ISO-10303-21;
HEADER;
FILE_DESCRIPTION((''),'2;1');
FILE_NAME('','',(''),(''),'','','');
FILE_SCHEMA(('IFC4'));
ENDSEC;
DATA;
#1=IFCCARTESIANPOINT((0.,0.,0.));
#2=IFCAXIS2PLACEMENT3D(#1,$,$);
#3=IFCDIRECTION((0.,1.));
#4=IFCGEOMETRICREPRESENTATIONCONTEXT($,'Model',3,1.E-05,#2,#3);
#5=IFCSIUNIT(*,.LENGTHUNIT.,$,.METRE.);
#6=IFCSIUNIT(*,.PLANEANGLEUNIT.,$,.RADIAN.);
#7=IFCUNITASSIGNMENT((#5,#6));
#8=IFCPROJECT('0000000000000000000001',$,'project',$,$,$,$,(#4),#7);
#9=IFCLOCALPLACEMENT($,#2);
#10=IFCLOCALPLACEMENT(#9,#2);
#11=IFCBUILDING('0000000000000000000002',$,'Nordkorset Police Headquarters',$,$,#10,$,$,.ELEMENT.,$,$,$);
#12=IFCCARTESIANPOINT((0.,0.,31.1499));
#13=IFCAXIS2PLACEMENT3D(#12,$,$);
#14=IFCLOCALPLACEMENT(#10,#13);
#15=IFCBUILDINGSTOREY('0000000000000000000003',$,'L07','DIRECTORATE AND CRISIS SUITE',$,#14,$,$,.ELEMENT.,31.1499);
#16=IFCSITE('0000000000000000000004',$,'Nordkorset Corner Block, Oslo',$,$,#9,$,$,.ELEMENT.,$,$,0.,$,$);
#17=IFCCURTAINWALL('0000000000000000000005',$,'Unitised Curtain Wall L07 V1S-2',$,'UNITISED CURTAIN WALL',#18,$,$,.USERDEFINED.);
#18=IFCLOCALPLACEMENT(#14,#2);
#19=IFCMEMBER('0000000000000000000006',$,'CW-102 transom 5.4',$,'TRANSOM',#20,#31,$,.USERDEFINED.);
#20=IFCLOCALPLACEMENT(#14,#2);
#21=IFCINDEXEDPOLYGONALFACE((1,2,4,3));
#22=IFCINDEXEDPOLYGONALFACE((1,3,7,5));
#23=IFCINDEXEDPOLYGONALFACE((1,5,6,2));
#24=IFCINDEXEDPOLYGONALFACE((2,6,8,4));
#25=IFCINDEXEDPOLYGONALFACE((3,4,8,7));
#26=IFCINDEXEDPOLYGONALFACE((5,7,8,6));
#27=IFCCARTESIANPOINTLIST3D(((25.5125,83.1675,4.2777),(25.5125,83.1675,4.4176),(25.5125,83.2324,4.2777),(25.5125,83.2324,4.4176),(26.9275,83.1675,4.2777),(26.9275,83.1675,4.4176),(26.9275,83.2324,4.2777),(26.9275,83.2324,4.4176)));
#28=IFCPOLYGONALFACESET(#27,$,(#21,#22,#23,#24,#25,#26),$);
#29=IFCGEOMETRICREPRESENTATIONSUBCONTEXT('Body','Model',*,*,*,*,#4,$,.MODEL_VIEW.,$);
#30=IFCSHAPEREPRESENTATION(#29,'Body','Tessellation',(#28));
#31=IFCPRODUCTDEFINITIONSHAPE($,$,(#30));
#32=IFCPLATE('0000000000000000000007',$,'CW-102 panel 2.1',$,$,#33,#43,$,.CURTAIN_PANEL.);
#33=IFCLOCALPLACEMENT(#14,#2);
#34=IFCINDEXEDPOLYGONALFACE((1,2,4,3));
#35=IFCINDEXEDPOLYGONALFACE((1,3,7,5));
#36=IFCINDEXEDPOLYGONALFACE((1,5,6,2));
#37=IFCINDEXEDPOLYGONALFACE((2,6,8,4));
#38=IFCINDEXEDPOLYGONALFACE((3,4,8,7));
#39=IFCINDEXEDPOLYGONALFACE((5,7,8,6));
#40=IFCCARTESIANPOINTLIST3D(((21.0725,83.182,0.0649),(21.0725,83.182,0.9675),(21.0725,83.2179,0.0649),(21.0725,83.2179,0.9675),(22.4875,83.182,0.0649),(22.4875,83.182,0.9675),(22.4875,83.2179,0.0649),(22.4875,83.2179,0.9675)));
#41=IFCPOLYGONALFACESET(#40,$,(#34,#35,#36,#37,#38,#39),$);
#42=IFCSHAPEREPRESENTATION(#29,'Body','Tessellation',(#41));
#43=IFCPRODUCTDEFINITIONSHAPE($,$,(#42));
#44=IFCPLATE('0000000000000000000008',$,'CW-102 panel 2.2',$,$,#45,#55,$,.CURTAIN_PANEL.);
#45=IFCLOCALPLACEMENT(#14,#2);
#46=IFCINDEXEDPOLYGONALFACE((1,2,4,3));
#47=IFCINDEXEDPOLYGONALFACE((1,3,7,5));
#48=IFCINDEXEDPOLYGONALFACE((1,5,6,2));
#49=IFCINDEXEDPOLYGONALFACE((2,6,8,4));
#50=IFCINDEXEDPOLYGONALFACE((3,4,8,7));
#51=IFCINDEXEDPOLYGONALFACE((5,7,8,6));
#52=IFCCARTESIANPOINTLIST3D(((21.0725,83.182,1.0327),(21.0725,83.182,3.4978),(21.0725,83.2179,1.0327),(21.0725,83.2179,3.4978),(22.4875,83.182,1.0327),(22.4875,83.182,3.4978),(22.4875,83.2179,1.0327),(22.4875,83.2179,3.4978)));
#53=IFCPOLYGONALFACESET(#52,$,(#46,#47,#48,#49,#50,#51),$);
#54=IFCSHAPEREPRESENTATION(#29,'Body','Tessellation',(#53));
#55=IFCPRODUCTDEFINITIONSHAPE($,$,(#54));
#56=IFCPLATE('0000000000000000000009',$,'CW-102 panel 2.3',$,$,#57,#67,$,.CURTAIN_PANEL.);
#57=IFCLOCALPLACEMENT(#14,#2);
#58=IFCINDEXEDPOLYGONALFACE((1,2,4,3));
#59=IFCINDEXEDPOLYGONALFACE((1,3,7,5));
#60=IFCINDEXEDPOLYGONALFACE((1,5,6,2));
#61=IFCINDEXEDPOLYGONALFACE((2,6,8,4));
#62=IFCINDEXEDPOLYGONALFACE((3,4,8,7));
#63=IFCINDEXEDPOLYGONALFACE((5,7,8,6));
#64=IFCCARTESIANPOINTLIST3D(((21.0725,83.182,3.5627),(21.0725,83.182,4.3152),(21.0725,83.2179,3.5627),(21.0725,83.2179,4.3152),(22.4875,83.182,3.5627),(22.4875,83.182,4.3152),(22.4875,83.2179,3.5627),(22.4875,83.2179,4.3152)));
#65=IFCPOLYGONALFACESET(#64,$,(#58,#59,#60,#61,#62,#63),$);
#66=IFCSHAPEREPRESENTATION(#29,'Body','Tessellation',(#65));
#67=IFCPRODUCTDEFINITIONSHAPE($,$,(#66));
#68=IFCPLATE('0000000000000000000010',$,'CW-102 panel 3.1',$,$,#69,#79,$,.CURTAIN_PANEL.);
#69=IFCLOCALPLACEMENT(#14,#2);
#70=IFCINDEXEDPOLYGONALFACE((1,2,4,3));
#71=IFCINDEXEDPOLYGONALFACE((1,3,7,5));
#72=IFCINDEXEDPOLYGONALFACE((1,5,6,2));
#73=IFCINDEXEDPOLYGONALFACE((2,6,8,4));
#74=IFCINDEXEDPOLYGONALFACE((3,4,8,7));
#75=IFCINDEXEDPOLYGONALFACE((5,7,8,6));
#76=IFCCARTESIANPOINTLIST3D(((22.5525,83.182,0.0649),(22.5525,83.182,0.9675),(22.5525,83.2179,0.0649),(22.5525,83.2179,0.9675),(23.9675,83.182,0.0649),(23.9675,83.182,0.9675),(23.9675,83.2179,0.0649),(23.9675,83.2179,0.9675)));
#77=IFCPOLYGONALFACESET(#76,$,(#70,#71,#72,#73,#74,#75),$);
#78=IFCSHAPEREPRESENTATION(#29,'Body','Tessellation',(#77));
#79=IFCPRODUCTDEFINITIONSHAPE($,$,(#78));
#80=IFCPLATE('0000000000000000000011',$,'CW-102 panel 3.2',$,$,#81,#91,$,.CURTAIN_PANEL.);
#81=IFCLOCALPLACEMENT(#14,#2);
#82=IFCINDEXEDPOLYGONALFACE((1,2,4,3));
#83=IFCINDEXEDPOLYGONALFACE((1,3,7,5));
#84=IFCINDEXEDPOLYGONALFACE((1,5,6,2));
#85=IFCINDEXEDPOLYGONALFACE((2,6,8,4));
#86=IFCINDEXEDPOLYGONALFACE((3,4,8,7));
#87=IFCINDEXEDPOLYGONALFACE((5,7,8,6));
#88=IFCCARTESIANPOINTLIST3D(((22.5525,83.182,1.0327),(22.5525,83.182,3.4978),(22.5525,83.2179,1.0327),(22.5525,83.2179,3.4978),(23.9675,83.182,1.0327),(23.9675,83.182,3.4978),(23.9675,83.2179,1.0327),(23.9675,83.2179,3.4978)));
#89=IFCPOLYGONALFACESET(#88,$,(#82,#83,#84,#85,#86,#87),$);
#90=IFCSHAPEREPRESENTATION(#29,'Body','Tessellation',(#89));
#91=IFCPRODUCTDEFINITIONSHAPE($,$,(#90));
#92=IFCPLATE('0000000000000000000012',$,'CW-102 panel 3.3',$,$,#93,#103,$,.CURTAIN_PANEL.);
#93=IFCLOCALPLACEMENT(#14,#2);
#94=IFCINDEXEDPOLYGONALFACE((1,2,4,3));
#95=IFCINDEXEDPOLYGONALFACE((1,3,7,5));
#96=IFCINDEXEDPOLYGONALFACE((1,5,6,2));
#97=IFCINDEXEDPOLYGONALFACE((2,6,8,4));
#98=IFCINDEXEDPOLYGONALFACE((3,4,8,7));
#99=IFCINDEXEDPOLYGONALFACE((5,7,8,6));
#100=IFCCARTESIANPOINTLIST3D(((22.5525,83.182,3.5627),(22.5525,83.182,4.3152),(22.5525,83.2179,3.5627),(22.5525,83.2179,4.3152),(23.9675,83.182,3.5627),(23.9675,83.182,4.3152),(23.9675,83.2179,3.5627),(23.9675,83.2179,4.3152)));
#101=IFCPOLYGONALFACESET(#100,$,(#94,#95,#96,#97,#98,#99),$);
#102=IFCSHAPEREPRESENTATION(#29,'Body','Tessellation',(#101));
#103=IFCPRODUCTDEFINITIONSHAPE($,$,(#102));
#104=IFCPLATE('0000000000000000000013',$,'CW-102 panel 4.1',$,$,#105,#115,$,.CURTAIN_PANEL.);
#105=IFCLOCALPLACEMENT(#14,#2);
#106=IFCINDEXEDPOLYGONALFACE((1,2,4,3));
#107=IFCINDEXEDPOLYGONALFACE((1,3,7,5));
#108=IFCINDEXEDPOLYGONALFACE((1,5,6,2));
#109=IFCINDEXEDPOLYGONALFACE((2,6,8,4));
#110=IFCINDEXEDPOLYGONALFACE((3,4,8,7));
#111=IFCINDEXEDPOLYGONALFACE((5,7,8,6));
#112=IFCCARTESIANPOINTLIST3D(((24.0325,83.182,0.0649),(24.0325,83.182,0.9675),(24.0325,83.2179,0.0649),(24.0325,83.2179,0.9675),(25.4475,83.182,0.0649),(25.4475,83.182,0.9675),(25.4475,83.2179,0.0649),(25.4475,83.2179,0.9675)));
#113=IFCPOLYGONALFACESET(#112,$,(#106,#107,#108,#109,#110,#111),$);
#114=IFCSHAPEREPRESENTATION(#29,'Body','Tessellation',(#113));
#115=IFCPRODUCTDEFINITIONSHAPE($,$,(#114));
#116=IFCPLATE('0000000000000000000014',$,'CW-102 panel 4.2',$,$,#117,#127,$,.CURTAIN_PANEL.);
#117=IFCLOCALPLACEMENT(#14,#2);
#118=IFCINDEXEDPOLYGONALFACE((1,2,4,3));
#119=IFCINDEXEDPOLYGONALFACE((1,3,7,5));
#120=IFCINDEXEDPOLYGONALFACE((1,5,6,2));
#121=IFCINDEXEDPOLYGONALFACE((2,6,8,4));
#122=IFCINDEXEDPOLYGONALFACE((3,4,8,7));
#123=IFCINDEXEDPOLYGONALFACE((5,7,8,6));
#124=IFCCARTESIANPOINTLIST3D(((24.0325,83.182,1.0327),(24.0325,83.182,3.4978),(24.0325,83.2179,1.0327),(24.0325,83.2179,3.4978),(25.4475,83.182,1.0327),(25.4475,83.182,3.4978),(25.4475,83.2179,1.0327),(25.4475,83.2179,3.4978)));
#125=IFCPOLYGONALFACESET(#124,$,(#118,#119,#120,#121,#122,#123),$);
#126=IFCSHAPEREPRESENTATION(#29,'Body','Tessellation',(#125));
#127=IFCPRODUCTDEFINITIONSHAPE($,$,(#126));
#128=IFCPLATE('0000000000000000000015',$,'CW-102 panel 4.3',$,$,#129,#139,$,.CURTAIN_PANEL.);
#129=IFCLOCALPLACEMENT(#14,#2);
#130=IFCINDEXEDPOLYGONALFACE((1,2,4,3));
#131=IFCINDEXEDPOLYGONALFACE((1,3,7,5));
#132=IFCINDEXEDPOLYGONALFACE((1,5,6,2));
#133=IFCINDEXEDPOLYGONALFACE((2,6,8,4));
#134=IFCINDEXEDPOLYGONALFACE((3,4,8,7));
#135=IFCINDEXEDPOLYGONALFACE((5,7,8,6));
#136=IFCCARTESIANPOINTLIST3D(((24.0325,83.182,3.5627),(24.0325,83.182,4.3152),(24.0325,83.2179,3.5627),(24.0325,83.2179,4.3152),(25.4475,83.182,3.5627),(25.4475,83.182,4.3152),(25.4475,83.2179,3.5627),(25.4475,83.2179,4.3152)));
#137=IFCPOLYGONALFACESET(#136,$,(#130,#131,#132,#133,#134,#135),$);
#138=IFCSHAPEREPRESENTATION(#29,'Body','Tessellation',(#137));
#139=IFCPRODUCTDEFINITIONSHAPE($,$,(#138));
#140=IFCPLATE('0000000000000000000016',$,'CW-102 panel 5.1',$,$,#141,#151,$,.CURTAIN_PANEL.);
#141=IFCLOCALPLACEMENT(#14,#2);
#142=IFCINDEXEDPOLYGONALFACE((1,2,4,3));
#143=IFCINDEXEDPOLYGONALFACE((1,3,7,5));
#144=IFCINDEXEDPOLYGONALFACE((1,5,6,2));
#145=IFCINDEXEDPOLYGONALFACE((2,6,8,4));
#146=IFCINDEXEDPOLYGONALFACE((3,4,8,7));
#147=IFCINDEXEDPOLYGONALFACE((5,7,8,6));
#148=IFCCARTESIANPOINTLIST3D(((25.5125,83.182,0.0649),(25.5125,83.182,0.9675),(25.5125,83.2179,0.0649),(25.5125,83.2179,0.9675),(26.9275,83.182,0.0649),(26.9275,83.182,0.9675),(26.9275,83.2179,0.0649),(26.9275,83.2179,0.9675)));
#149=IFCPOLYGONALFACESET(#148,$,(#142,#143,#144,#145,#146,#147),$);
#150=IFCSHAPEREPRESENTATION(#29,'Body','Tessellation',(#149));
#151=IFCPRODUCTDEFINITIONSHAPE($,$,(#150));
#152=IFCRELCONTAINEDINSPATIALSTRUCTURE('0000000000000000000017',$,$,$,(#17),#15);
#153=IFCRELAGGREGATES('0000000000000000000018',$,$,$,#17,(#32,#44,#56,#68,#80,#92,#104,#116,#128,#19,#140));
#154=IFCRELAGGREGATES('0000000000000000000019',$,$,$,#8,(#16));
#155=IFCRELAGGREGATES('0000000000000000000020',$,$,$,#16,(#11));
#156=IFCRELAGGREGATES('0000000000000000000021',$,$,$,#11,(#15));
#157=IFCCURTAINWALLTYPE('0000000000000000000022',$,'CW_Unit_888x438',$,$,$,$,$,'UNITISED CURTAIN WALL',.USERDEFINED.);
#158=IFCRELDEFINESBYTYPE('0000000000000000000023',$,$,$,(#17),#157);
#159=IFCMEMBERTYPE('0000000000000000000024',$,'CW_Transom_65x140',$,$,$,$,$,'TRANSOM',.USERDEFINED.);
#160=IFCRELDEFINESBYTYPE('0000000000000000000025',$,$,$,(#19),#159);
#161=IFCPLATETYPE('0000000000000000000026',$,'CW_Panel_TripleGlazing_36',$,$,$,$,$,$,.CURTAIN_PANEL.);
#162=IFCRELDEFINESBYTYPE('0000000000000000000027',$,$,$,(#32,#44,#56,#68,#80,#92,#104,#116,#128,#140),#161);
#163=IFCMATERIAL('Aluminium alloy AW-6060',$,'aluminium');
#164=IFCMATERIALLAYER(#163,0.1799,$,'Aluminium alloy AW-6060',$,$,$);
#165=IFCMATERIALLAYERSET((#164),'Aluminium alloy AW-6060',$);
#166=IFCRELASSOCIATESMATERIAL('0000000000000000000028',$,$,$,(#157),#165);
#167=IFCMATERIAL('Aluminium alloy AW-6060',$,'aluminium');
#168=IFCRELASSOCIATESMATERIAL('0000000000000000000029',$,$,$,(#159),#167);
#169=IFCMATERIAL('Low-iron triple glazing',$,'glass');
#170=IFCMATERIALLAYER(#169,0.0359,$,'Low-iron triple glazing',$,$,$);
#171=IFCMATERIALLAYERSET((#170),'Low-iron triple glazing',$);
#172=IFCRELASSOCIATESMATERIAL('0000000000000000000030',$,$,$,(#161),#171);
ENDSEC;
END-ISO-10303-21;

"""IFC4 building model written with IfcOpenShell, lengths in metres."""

from ifc_helpers import new_model, si_unit, direction, frame, origin, origin_2d, place, context, subcontext, project, spatial, rectangle, extrude, material, layer, layer_set, material_profile, profile_set, type_object, element, aggregate, save


model = new_model("IFC4")

# Units and contexts
model_context = context("Model", 3, precision=1e-05, world=origin(), true_north=direction((0.0, 1.0)))
body_context = subcontext(model_context, "Body", "Model", "MODEL_VIEW")
ifc_project = project(units=[si_unit("LENGTHUNIT", "METRE"), si_unit("PLANEANGLEUNIT", "RADIAN")], contexts=[model_context])

# Site, building, storey
site_placement = place(None, origin())
site = spatial("IfcSite", under=ifc_project, at=site_placement, Name="Nordkorset Corner Block, Oslo", CompositionType="ELEMENT", RefElevation=0.0)
building_placement = place(site_placement, origin())
building = spatial("IfcBuilding", under=site, at=building_placement, Name="Nordkorset Police Headquarters", CompositionType="ELEMENT")
storey_placement = place(building_placement, frame((0.0, 0.0, 31.1499)))
storey = spatial("IfcBuildingStorey", under=building, at=storey_placement, Name="L07", Description="DIRECTORATE AND CRISIS SUITE", CompositionType="ELEMENT", Elevation=31.1499)

# Curtain wall, member, plates
ifc_material_1 = material(Name="Aluminium alloy AW-6060", Category="aluminium")
ifc_layer_1 = layer(ifc_material_1, 0.1799, Name="Aluminium alloy AW-6060")
ifc_layer_set_1 = layer_set([ifc_layer_1], Name="Aluminium alloy AW-6060")
curtain_wall_type = type_object("IfcCurtainWallType", Name="CW_Unit_888x438", ElementType="UNITISED CURTAIN WALL", PredefinedType="USERDEFINED", material=ifc_layer_set_1)
curtain_wall_placement = place(storey_placement, origin())
curtain_wall = element("IfcCurtainWall", 1, at=curtain_wall_placement, inside=storey, type_object=curtain_wall_type, Name="Unitised Curtain Wall L07 V1S-2", ObjectType="UNITISED CURTAIN WALL", PredefinedType="USERDEFINED")
ifc_material_2 = material(Name="Aluminium alloy AW-6060", Category="aluminium")
ifc_material_profile_1 = material_profile(ifc_material_2, rectangle(XDim=0.0649, YDim=0.1399, at=origin_2d()), Name="ALU TRAN 65x140")
ifc_profile_set_1 = profile_set([ifc_material_profile_1], Name="Aluminium alloy AW-6060")
member_type_1 = type_object("IfcMemberType", Name="CW_Transom_65x140", ElementType="TRANSOM", PredefinedType="USERDEFINED", material=ifc_profile_set_1)
member_1_placement = place(storey_placement, frame((25.5125, 83.2, 4.3477), z_axis=(1.0, 0.0, 0.0), x_axis=(0.0, 1.0, 0.0)))
member_1 = element("IfcMember", 2, at=member_1_placement, type_object=member_type_1, Name="CW-102 transom 5.4", ObjectType="TRANSOM", PredefinedType="USERDEFINED", context=body_context, shape_type="SweptSolid", body=[
    extrude(rectangle(XDim=0.0649, YDim=0.1399, at=origin_2d()), origin(), (0.0, 0.0, 1.0), 1.415),
])
ifc_material_3 = material(Name="Low-iron triple glazing", Category="glass")
ifc_layer_2 = layer(ifc_material_3, 0.0359, Name="Low-iron triple glazing")
ifc_layer_set_2 = layer_set([ifc_layer_2], Name="Low-iron triple glazing")
plate_type = type_object("IfcPlateType", Name="CW_Panel_TripleGlazing_36", PredefinedType="CURTAIN_PANEL", material=ifc_layer_set_2)
plate_1_placement = place(storey_placement, frame((21.78, 83.2, 0.0649), z_axis=(0.0, 0.0, 1.0), x_axis=(1.0, 0.0, 0.0)))
plate_1 = element("IfcPlate", 3, at=plate_1_placement, type_object=plate_type, Name="CW-102 panel 2.1", PredefinedType="CURTAIN_PANEL", context=body_context, shape_type="SweptSolid", body=[
    extrude(rectangle(XDim=1.415, YDim=0.0359, at=origin_2d()), origin(), (0.0, 0.0, 1.0), 0.9026),
])
plate_2_placement = place(storey_placement, frame((21.78, 83.2, 1.0327), z_axis=(0.0, 0.0, 1.0), x_axis=(1.0, 0.0, 0.0)))
plate_2 = element("IfcPlate", 4, at=plate_2_placement, type_object=plate_type, Name="CW-102 panel 2.2", PredefinedType="CURTAIN_PANEL", context=body_context, shape_type="SweptSolid", body=[
    extrude(rectangle(XDim=1.415, YDim=0.0359, at=origin_2d()), origin(), (0.0, 0.0, 1.0), 2.4651),
])
plate_3_placement = place(storey_placement, frame((21.78, 83.2, 3.5627), z_axis=(0.0, 0.0, 1.0), x_axis=(1.0, 0.0, 0.0)))
plate_3 = element("IfcPlate", 5, at=plate_3_placement, type_object=plate_type, Name="CW-102 panel 2.3", PredefinedType="CURTAIN_PANEL", context=body_context, shape_type="SweptSolid", body=[
    extrude(rectangle(XDim=1.415, YDim=0.0359, at=origin_2d()), origin(), (0.0, 0.0, 1.0), 0.7524),
])
plate_4_placement = place(storey_placement, frame((23.26, 83.2, 0.0649), z_axis=(0.0, 0.0, 1.0), x_axis=(1.0, 0.0, 0.0)))
plate_4 = element("IfcPlate", 6, at=plate_4_placement, type_object=plate_type, Name="CW-102 panel 3.1", PredefinedType="CURTAIN_PANEL", context=body_context, shape_type="SweptSolid", body=[
    extrude(rectangle(XDim=1.415, YDim=0.0359, at=origin_2d()), origin(), (0.0, 0.0, 1.0), 0.9026),
])
plate_5_placement = place(storey_placement, frame((23.26, 83.2, 1.0327), z_axis=(0.0, 0.0, 1.0), x_axis=(1.0, 0.0, 0.0)))
plate_5 = element("IfcPlate", 7, at=plate_5_placement, type_object=plate_type, Name="CW-102 panel 3.2", PredefinedType="CURTAIN_PANEL", context=body_context, shape_type="SweptSolid", body=[
    extrude(rectangle(XDim=1.415, YDim=0.0359, at=origin_2d()), origin(), (0.0, 0.0, 1.0), 2.4651),
])
plate_6_placement = place(storey_placement, frame((23.26, 83.2, 3.5627), z_axis=(0.0, 0.0, 1.0), x_axis=(1.0, 0.0, 0.0)))
plate_6 = element("IfcPlate", 8, at=plate_6_placement, type_object=plate_type, Name="CW-102 panel 3.3", PredefinedType="CURTAIN_PANEL", context=body_context, shape_type="SweptSolid", body=[
    extrude(rectangle(XDim=1.415, YDim=0.0359, at=origin_2d()), origin(), (0.0, 0.0, 1.0), 0.7524),
])
plate_7_placement = place(storey_placement, frame((24.74, 83.2, 0.0649), z_axis=(0.0, 0.0, 1.0), x_axis=(1.0, 0.0, 0.0)))
plate_7 = element("IfcPlate", 9, at=plate_7_placement, type_object=plate_type, Name="CW-102 panel 4.1", PredefinedType="CURTAIN_PANEL", context=body_context, shape_type="SweptSolid", body=[
    extrude(rectangle(XDim=1.415, YDim=0.0359, at=origin_2d()), origin(), (0.0, 0.0, 1.0), 0.9026),
])
plate_8_placement = place(storey_placement, frame((24.74, 83.2, 1.0327), z_axis=(0.0, 0.0, 1.0), x_axis=(1.0, 0.0, 0.0)))
plate_8 = element("IfcPlate", 10, at=plate_8_placement, type_object=plate_type, Name="CW-102 panel 4.2", PredefinedType="CURTAIN_PANEL", context=body_context, shape_type="SweptSolid", body=[
    extrude(rectangle(XDim=1.415, YDim=0.0359, at=origin_2d()), origin(), (0.0, 0.0, 1.0), 2.4651),
])
plate_9_placement = place(storey_placement, frame((24.74, 83.2, 3.5627), z_axis=(0.0, 0.0, 1.0), x_axis=(1.0, 0.0, 0.0)))
plate_9 = element("IfcPlate", 11, at=plate_9_placement, type_object=plate_type, Name="CW-102 panel 4.3", PredefinedType="CURTAIN_PANEL", context=body_context, shape_type="SweptSolid", body=[
    extrude(rectangle(XDim=1.415, YDim=0.0359, at=origin_2d()), origin(), (0.0, 0.0, 1.0), 0.7524),
])
plate_10_placement = place(storey_placement, frame((26.22, 83.2, 0.0649), z_axis=(0.0, 0.0, 1.0), x_axis=(1.0, 0.0, 0.0)))
plate_10 = element("IfcPlate", 12, at=plate_10_placement, type_object=plate_type, Name="CW-102 panel 5.1", PredefinedType="CURTAIN_PANEL", context=body_context, shape_type="SweptSolid", body=[
    extrude(rectangle(XDim=1.415, YDim=0.0359, at=origin_2d()), origin(), (0.0, 0.0, 1.0), 0.9026),
])
aggregate(curtain_wall, [plate_1, plate_2, plate_3, plate_4, plate_5, plate_6, plate_7, plate_8, plate_9, member_1, plate_10])

save(model, "model.ifc")
